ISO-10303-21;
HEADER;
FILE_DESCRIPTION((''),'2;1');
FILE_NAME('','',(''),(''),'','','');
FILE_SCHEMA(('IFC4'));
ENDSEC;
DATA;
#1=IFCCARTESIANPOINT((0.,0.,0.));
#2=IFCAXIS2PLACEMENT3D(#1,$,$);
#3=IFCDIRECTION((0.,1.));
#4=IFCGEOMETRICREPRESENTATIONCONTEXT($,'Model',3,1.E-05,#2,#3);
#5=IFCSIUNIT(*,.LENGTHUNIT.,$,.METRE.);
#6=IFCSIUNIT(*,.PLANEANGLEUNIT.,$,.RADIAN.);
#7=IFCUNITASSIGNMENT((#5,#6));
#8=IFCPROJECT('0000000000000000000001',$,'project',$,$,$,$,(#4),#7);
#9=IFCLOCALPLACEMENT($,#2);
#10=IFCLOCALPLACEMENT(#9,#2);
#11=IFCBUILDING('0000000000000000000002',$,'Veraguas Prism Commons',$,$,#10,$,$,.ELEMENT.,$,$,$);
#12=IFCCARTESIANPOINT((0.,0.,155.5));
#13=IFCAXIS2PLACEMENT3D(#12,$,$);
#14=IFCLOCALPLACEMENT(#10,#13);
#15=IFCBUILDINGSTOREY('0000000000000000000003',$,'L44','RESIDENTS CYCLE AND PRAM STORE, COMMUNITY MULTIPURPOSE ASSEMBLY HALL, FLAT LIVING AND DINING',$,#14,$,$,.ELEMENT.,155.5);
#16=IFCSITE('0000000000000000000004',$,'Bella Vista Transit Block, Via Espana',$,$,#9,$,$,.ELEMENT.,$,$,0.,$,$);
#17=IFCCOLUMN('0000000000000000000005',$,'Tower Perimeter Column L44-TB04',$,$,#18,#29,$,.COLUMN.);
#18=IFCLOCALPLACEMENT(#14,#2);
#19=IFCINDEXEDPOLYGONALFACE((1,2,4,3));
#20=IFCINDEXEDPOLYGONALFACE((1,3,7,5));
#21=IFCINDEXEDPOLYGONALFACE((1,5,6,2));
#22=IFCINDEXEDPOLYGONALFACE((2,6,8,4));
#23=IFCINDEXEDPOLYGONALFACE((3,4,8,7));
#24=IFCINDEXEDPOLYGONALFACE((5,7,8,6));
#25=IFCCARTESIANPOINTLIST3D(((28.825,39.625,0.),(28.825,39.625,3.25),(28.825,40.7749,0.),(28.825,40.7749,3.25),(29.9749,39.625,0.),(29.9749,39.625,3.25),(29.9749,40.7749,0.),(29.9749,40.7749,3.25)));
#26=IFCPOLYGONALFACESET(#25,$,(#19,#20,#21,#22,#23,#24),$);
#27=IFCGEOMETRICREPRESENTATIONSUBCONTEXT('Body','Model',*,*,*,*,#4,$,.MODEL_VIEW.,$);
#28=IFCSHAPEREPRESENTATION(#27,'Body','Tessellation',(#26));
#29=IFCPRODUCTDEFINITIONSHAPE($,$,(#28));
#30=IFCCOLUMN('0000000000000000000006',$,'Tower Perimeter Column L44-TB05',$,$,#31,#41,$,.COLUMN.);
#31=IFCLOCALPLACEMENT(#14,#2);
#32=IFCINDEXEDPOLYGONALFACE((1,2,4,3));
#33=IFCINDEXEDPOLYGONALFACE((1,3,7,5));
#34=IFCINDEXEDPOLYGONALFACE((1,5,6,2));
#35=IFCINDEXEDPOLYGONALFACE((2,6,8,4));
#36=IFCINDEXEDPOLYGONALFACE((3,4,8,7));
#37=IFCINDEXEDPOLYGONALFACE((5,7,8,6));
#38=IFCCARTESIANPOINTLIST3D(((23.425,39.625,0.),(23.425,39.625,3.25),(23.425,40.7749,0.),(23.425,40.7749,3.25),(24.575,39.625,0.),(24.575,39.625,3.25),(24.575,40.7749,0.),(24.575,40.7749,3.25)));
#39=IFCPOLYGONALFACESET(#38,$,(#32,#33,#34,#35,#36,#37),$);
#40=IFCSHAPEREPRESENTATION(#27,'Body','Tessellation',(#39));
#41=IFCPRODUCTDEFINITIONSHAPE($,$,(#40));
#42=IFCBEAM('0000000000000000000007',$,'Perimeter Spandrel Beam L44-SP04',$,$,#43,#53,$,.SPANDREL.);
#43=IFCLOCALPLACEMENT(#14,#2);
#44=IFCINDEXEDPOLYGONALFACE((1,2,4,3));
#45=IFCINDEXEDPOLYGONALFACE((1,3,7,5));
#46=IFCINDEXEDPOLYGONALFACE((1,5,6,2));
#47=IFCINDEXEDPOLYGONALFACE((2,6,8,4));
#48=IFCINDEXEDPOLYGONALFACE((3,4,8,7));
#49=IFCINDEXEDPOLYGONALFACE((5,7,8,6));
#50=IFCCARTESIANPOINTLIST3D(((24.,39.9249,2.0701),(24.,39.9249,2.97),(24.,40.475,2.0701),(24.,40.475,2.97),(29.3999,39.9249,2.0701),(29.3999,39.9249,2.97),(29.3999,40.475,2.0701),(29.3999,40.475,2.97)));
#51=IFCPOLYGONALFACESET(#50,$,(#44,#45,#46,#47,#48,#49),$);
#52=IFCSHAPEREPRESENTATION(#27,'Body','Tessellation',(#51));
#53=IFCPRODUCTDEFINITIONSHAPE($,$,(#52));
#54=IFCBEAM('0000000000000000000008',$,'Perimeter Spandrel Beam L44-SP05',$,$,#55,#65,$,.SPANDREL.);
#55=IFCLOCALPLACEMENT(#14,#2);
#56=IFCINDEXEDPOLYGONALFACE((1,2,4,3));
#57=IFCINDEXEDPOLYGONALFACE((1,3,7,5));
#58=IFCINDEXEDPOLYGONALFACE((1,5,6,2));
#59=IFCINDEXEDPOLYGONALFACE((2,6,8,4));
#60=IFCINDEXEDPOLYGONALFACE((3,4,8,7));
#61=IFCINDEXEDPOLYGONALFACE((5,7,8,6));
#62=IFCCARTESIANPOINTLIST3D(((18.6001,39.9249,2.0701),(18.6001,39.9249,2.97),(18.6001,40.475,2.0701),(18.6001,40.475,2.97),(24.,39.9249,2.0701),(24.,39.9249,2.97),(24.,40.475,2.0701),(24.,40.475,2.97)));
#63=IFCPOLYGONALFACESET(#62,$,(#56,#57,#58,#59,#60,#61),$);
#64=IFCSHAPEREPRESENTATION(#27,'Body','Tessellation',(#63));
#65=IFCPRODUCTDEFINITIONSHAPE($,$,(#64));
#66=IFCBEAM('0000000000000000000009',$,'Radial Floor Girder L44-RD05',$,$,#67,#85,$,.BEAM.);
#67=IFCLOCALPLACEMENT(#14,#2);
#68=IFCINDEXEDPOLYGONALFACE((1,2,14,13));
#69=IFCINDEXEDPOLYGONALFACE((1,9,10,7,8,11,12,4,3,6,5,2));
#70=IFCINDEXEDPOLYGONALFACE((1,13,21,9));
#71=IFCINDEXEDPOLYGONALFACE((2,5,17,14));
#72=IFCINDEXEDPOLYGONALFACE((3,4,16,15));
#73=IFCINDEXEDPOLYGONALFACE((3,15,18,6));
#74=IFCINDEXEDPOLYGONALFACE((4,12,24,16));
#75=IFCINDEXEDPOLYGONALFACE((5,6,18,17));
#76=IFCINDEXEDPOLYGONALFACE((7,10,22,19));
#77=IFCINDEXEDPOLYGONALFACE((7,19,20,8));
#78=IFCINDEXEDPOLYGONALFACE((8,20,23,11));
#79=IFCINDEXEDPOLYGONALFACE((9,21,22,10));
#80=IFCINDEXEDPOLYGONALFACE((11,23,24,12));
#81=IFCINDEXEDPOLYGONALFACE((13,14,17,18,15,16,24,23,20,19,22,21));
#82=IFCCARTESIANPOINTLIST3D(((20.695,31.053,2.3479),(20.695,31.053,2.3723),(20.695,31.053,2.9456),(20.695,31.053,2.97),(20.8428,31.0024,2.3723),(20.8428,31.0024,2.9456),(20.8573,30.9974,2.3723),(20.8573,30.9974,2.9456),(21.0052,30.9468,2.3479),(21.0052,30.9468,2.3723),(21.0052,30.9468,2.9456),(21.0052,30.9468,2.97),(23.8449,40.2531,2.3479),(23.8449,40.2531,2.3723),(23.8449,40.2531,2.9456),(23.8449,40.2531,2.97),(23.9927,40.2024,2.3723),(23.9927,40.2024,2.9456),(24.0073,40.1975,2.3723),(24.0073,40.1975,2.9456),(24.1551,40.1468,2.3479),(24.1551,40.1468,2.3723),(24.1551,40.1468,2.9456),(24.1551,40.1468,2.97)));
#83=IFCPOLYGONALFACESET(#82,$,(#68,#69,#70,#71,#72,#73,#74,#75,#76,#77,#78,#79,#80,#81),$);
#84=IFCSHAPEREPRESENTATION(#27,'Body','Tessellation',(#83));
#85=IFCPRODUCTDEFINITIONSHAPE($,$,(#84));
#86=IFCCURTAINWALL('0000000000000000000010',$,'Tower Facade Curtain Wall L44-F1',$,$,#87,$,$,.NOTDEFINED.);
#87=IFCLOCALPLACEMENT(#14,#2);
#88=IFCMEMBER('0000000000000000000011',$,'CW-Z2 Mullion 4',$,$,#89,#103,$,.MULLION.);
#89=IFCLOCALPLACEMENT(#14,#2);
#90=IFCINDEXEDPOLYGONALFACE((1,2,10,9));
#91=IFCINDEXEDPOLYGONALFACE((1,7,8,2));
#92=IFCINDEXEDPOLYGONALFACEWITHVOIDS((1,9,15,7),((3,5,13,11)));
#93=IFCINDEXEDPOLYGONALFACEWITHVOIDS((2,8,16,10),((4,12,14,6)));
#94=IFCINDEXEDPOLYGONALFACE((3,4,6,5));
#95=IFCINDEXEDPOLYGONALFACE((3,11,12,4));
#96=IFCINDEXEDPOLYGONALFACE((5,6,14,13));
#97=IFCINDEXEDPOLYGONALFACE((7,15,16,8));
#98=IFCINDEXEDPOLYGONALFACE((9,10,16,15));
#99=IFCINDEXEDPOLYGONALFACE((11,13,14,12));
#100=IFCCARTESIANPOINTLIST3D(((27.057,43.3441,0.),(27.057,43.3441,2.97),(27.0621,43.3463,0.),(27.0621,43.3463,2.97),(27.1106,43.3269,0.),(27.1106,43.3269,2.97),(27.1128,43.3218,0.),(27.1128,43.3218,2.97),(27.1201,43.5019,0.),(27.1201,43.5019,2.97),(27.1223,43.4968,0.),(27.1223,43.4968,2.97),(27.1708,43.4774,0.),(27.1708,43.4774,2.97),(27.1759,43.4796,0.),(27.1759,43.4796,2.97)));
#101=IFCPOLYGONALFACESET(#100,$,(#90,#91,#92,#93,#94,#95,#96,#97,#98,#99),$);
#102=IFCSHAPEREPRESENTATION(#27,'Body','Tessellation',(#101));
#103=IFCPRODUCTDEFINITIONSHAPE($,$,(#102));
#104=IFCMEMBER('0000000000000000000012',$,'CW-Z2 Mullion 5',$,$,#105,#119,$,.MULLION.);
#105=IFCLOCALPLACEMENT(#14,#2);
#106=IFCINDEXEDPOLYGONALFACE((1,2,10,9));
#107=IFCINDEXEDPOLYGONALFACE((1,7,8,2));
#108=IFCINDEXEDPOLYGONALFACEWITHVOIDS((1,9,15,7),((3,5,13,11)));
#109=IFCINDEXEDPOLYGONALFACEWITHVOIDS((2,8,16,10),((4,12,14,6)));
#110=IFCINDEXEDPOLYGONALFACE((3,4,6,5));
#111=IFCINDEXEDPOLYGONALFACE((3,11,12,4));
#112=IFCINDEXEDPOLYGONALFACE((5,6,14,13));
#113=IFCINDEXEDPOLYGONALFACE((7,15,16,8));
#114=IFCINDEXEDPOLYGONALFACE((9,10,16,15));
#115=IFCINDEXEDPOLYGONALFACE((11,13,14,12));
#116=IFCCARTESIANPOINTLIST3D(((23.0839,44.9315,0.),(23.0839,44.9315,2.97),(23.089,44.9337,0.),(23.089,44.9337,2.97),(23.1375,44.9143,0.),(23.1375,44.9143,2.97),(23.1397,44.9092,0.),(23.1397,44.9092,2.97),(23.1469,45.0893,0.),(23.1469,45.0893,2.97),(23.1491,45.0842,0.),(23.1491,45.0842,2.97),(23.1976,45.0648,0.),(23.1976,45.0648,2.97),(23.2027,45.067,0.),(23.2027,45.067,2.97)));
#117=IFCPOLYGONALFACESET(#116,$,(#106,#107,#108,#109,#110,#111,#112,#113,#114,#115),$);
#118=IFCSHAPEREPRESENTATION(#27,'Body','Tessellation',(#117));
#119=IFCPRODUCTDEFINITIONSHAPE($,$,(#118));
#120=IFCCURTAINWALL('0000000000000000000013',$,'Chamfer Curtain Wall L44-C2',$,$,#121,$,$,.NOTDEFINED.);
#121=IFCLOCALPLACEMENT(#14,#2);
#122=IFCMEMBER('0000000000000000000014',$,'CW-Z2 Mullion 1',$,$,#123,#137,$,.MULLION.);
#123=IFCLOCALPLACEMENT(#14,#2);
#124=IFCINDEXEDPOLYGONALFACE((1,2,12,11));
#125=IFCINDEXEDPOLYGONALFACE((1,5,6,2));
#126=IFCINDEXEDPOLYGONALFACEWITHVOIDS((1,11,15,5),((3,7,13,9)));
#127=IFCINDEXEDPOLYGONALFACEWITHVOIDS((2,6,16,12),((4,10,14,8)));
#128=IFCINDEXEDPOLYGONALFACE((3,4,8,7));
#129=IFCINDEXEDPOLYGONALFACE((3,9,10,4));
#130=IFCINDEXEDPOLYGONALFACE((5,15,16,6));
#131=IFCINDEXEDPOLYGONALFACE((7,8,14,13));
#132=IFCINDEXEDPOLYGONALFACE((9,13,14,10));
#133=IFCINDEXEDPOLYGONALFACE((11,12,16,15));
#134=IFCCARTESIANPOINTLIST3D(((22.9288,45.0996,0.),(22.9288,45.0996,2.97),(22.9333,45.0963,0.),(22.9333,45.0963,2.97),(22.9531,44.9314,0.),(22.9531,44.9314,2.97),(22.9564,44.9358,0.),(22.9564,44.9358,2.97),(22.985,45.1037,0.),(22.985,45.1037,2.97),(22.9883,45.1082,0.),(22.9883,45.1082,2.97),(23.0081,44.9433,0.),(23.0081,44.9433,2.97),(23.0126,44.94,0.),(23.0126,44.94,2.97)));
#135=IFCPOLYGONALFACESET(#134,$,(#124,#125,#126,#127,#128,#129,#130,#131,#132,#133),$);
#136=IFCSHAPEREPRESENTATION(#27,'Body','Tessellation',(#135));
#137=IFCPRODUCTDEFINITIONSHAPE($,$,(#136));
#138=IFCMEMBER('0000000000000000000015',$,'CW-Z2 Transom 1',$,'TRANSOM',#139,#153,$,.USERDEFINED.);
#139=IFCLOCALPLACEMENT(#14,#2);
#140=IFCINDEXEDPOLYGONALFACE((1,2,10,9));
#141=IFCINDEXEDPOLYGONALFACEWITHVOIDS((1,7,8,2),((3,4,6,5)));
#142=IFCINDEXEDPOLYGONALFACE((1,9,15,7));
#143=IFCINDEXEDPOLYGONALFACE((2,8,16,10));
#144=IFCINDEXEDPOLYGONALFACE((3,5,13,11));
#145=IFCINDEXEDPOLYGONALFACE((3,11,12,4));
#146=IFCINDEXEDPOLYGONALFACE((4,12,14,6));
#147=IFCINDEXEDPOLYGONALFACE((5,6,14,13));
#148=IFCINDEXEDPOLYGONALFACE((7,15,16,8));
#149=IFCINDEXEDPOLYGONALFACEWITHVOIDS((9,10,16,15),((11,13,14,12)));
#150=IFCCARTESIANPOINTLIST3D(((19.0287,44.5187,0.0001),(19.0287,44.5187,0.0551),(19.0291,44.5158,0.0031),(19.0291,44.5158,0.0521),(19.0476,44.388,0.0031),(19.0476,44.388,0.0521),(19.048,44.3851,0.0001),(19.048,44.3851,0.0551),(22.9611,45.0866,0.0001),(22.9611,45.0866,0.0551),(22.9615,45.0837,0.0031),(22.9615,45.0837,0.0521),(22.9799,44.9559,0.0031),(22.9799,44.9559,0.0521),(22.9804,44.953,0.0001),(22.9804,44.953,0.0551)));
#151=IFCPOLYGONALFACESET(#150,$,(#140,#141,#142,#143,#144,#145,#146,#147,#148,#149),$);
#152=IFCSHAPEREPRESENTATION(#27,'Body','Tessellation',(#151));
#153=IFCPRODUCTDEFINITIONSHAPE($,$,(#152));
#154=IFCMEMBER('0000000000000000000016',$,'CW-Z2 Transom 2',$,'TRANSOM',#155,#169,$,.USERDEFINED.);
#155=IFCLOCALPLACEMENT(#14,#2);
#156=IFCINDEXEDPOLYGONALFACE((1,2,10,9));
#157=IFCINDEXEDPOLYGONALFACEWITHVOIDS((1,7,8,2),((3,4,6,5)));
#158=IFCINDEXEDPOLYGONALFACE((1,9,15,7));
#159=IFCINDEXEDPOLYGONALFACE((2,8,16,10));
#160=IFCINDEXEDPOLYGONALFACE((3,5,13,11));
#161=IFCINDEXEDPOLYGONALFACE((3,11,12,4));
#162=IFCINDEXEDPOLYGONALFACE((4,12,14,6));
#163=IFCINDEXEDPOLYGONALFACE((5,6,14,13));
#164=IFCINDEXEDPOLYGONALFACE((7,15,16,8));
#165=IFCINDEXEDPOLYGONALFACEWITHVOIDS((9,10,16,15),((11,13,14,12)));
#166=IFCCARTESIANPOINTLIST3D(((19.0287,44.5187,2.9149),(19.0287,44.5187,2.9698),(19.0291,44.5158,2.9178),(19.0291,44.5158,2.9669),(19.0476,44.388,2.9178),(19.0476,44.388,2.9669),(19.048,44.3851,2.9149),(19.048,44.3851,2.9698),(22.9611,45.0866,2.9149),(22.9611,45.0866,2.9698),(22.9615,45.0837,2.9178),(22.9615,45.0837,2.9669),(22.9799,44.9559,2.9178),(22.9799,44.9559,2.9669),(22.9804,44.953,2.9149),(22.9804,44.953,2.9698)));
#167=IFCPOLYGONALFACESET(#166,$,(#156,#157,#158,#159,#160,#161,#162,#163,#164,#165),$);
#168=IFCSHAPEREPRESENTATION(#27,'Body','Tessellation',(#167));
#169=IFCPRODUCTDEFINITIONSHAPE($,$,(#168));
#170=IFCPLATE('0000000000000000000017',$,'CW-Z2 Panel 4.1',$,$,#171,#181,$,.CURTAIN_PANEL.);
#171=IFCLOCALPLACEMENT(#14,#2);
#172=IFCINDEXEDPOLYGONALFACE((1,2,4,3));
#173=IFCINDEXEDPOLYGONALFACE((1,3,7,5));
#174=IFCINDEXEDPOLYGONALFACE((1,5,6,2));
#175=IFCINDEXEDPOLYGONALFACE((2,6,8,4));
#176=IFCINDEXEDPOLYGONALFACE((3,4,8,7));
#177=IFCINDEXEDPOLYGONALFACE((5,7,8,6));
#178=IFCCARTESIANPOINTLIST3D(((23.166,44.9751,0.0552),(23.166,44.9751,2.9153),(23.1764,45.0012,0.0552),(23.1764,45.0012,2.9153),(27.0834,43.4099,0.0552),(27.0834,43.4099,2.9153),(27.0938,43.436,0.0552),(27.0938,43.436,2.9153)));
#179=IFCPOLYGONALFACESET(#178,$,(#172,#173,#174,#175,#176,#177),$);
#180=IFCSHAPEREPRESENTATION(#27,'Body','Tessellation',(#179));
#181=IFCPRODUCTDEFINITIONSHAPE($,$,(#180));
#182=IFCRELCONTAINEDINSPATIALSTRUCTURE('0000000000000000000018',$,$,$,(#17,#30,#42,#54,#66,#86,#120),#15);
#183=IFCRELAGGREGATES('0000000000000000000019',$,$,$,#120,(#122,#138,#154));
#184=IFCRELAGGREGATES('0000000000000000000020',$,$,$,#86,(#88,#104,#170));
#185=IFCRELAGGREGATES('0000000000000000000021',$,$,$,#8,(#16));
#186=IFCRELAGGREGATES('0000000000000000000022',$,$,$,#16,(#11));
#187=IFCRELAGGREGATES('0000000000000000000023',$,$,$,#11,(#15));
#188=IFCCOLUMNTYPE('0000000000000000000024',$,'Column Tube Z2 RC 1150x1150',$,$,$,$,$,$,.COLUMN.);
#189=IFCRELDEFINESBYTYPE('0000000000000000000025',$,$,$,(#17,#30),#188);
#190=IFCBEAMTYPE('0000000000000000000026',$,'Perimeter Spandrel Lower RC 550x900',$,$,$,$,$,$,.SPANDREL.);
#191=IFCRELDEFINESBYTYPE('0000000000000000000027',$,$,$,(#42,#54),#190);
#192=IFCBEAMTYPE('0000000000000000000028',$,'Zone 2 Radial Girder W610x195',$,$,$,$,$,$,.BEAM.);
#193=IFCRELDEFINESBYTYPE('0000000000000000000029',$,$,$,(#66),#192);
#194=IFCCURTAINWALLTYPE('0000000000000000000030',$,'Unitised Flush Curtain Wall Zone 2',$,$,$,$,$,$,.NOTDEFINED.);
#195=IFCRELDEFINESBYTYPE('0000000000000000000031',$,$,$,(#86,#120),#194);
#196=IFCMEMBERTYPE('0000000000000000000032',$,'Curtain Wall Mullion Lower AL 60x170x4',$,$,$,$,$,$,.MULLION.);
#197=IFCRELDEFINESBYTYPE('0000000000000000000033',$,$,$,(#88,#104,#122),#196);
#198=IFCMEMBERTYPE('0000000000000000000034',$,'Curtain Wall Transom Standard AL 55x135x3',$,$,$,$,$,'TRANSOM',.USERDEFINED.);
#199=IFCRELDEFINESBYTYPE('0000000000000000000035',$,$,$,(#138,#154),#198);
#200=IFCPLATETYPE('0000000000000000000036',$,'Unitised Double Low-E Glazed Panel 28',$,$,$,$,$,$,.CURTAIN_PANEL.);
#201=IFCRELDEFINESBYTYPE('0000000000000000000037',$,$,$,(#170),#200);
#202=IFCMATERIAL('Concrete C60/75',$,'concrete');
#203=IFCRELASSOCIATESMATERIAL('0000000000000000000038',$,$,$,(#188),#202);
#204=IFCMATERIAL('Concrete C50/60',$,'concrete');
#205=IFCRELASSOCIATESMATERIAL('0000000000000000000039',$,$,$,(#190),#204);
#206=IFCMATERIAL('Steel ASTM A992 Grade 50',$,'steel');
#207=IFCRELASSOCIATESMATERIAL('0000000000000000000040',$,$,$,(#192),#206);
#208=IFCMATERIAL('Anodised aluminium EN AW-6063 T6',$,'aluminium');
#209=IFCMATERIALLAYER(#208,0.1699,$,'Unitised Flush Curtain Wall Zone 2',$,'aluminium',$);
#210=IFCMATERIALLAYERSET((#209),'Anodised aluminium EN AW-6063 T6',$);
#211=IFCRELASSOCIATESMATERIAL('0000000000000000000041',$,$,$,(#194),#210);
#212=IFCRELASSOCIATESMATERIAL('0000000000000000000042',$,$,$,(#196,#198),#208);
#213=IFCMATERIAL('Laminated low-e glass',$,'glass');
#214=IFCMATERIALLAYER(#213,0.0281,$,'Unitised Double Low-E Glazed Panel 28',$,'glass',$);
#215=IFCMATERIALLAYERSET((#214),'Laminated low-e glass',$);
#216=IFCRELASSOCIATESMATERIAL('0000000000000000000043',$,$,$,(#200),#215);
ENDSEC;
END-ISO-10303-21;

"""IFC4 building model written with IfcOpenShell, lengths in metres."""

from ifc_helpers import new_model, si_unit, direction, frame, origin, origin_2d, place, context, subcontext, project, spatial, rectangle, hollow_rectangle, i_section, extrude, source, transform, mapped, material, layer, layer_set, material_profile, profile_set, type_object, element, aggregate, save


model = new_model("IFC4")

# Units and contexts
model_context = context("Model", 3, precision=1e-05, world=origin(), true_north=direction((0.0, 1.0)))
body_context = subcontext(model_context, "Body", "Model", "MODEL_VIEW")
ifc_project = project(units=[si_unit("LENGTHUNIT", "METRE"), si_unit("PLANEANGLEUNIT", "RADIAN")], contexts=[model_context])

# Site, building, storey
site_placement = place(None, origin())
site = spatial("IfcSite", under=ifc_project, at=site_placement, Name="Bella Vista Transit Block, Via Espana", CompositionType="ELEMENT", RefElevation=0.0)
building_placement = place(site_placement, origin())
building = spatial("IfcBuilding", under=site, at=building_placement, Name="Veraguas Prism Commons", CompositionType="ELEMENT")
storey_placement = place(building_placement, frame((0.0, 0.0, 155.5)))
storey = spatial("IfcBuildingStorey", under=building, at=storey_placement, Name="L44", Description="RESIDENTS CYCLE AND PRAM STORE, COMMUNITY MULTIPURPOSE ASSEMBLY HALL, FLAT LIVING AND DINING", CompositionType="ELEMENT", Elevation=155.5)

# Columns
ifc_material_1 = material(Name="Concrete C60/75", Category="concrete")
ifc_material_profile_1 = material_profile(ifc_material_1, rectangle(XDim=1.1499, YDim=1.1499, at=origin_2d()), Name="RC1150X1150")
ifc_profile_set_1 = profile_set([ifc_material_profile_1], Name="Concrete C60/75")
column_type = type_object("IfcColumnType", Name="Column Tube Z2 RC 1150x1150", PredefinedType="COLUMN", material=ifc_profile_set_1)
for number, where, z_axis, x_axis, name in (
    (1, (29.3999, 40.2, 0.0), (0.0, 0.0, 1.0), (1.0, 0.0, 0.0), "Tower Perimeter Column L44-TB04"),
    (2, (24.0, 40.2, 0.0), (0.0, 0.0, 1.0), (1.0, 0.0, 0.0), "Tower Perimeter Column L44-TB05"),
):
    element("IfcColumn", number, at=place(storey_placement, frame(where, z_axis=z_axis, x_axis=x_axis)), inside=storey, type_object=column_type, Name=name, PredefinedType="COLUMN", context=body_context, shape_type="SweptSolid", body=[
        extrude(rectangle(XDim=1.1499, YDim=1.1499, at=origin_2d()), origin(), (0.0, 0.0, 1.0), 3.25),
    ])

# Beams
ifc_material_2 = material(Name="Concrete C50/60", Category="concrete")
ifc_material_profile_2 = material_profile(ifc_material_2, rectangle(XDim=0.55, YDim=0.8999, at=origin_2d()), Name="RC550X900")
ifc_profile_set_2 = profile_set([ifc_material_profile_2], Name="Concrete C50/60")
beam_type_1 = type_object("IfcBeamType", Name="Perimeter Spandrel Lower RC 550x900", PredefinedType="SPANDREL", material=ifc_profile_set_2)
for number, where, z_axis, x_axis, name in (
    (3, (29.3999, 40.2, 2.52), (-1.0, 0.0, 0.0), (0.0, -1.0, 0.0), "Perimeter Spandrel Beam L44-SP04"),
    (4, (24.0, 40.2, 2.52), (-1.0, 0.0, 0.0), (0.0, -1.0, 0.0), "Perimeter Spandrel Beam L44-SP05"),
):
    element("IfcBeam", number, at=place(storey_placement, frame(where, z_axis=z_axis, x_axis=x_axis)), inside=storey, type_object=beam_type_1, Name=name, PredefinedType="SPANDREL", context=body_context, shape_type="SweptSolid", body=[
        extrude(rectangle(XDim=0.55, YDim=0.8999, at=origin_2d()), origin(), (0.0, 0.0, 1.0), 5.3999),
    ])
ifc_material_3 = material(Name="Steel ASTM A992 Grade 50", Category="steel")
ifc_material_profile_3 = material_profile(ifc_material_3, i_section(OverallWidth=0.3279, OverallDepth=0.6221, WebThickness=0.0154, FlangeThickness=0.0244, at=origin_2d()), Name="W610X195")
ifc_profile_set_3 = profile_set([ifc_material_profile_3], Name="Steel ASTM A992 Grade 50")
beam_type_2 = type_object("IfcBeamType", Name="Zone 2 Radial Girder W610x195", PredefinedType="BEAM", material=ifc_profile_set_3)
beam_placement = place(storey_placement, frame((24.0, 40.2, 2.6589), z_axis=(-0.323922, -0.946084, 0.0), x_axis=(0.946084, -0.323922, 0.0)))
element("IfcBeam", 5, at=beam_placement, inside=storey, type_object=beam_type_2, Name="Radial Floor Girder L44-RD05", PredefinedType="BEAM", context=body_context, shape_type="SweptSolid", body=[
    extrude(i_section(OverallWidth=0.3279, OverallDepth=0.6221, WebThickness=0.0154, FlangeThickness=0.0244, at=origin_2d()), origin(), (0.0, 0.0, 1.0), 9.7244),
])

# Curtain walls, members
ifc_material_4 = material(Name="Anodised aluminium EN AW-6063 T6", Category="aluminium")
ifc_layer_1 = layer(ifc_material_4, 0.1699, Name="Unitised Flush Curtain Wall Zone 2", Category="aluminium")
ifc_layer_set_1 = layer_set([ifc_layer_1], Name="Anodised aluminium EN AW-6063 T6")
curtain_wall_type = type_object("IfcCurtainWallType", Name="Unitised Flush Curtain Wall Zone 2", PredefinedType="NOTDEFINED", material=ifc_layer_set_1)
curtain_wall_1_placement = place(storey_placement, origin())
curtain_wall_1 = element("IfcCurtainWall", 6, at=curtain_wall_1_placement, inside=storey, type_object=curtain_wall_type, Name="Tower Facade Curtain Wall L44-F1", PredefinedType="NOTDEFINED")
ifc_material_profile_4 = material_profile(ifc_material_4, hollow_rectangle(XDim=0.0601, YDim=0.1699, WallThickness=0.0039, at=origin_2d()), Name="AL60X170X4")
ifc_profile_set_4 = profile_set([ifc_material_profile_4], Name="Anodised aluminium EN AW-6063 T6")
member_type_1 = type_object("IfcMemberType", Name="Curtain Wall Mullion Lower AL 60x170x4", PredefinedType="MULLION", material=ifc_profile_set_4)
shared_shape_1 = source(origin(), body_context, "Body", "SweptSolid", [
    extrude(hollow_rectangle(XDim=0.0601, YDim=0.1699, WallThickness=0.0039, at=origin_2d()), origin(), (0.0, 0.0, 1.0), 2.97),
])
member_1_placement = place(storey_placement, frame((27.1165, 43.4119, 0.0), z_axis=(0.0, 0.0, 1.0), x_axis=(-0.928617, 0.371039, 0.0)))
member_1 = element("IfcMember", 7, at=member_1_placement, type_object=member_type_1, Name="CW-Z2 Mullion 4", PredefinedType="MULLION", context=body_context, shape_type="MappedRepresentation", body=[
    mapped(shared_shape_1, transform((0.0, 0.0, 0.0), scale=1.0)),
])
member_2_placement = place(storey_placement, frame((23.1433, 44.9993, 0.0), z_axis=(0.0, 0.0, 1.0), x_axis=(-0.928617, 0.371039, 0.0)))
member_2 = element("IfcMember", 8, at=member_2_placement, type_object=member_type_1, Name="CW-Z2 Mullion 5", PredefinedType="MULLION", context=body_context, shape_type="MappedRepresentation", body=[
    mapped(shared_shape_1, transform((0.0, 0.0, 0.0), scale=1.0)),
])
curtain_wall_2_placement = place(storey_placement, origin())
curtain_wall_2 = element("IfcCurtainWall", 9, at=curtain_wall_2_placement, inside=storey, type_object=curtain_wall_type, Name="Chamfer Curtain Wall L44-C2", PredefinedType="NOTDEFINED")
member_3_placement = place(storey_placement, frame((22.9707, 45.0198, 0.0), z_axis=(0.0, 0.0, 1.0), x_axis=(-0.989731, -0.142942, 0.0)))
member_3 = element("IfcMember", 10, at=member_3_placement, type_object=member_type_1, Name="CW-Z2 Mullion 1", PredefinedType="MULLION", context=body_context, shape_type="MappedRepresentation", body=[
    mapped(shared_shape_1, transform((0.0, 0.0, 0.0), scale=1.0)),
])
ifc_material_profile_5 = material_profile(ifc_material_4, hollow_rectangle(XDim=0.0549, YDim=0.135, WallThickness=0.0029, at=origin_2d()), Name="AL55X135X3")
ifc_profile_set_5 = profile_set([ifc_material_profile_5], Name="Anodised aluminium EN AW-6063 T6")
member_type_2 = type_object("IfcMemberType", Name="Curtain Wall Transom Standard AL 55x135x3", ElementType="TRANSOM", PredefinedType="USERDEFINED", material=ifc_profile_set_5)
shared_shape_2 = source(origin(), body_context, "Body", "SweptSolid", [
    extrude(hollow_rectangle(XDim=0.0549, YDim=0.135, WallThickness=0.0029, at=origin_2d()), origin(), (0.0, 0.0, 1.0), 3.9731),
])
member_4_placement = place(storey_placement, frame((22.9707, 45.0198, 0.0276), z_axis=(-0.989733, -0.142927, 0.0), x_axis=(0.0, 0.0, 1.0)))
member_4 = element("IfcMember", 11, at=member_4_placement, type_object=member_type_2, Name="CW-Z2 Transom 1", ObjectType="TRANSOM", PredefinedType="USERDEFINED", context=body_context, shape_type="MappedRepresentation", body=[
    mapped(shared_shape_2, transform((0.0, 0.0, 0.0), scale=1.0)),
])
member_5_placement = place(storey_placement, frame((22.9707, 45.0198, 2.9424), z_axis=(-0.989733, -0.142927, 0.0), x_axis=(0.0, 0.0, 1.0)))
member_5 = element("IfcMember", 12, at=member_5_placement, type_object=member_type_2, Name="CW-Z2 Transom 2", ObjectType="TRANSOM", PredefinedType="USERDEFINED", context=body_context, shape_type="MappedRepresentation", body=[
    mapped(shared_shape_2, transform((0.0, 0.0, 0.0), scale=1.0)),
])
aggregate(curtain_wall_2, [member_3, member_4, member_5])

# Plate
ifc_material_5 = material(Name="Laminated low-e glass", Category="glass")
ifc_layer_2 = layer(ifc_material_5, 0.0281, Name="Unitised Double Low-E Glazed Panel 28", Category="glass")
ifc_layer_set_2 = layer_set([ifc_layer_2], Name="Laminated low-e glass")
plate_type = type_object("IfcPlateType", Name="Unitised Double Low-E Glazed Panel 28", PredefinedType="CURTAIN_PANEL", material=ifc_layer_set_2)
shared_shape_3 = source(origin(), body_context, "Body", "SweptSolid", [
    extrude(rectangle(XDim=4.2185, YDim=0.0281, at=origin_2d()), origin(), (0.0, 0.0, 1.0), 2.8601),
])
plate_1_placement = place(storey_placement, frame((25.1299, 44.2056, 0.0552), z_axis=(0.0, 0.0, 1.0), x_axis=(-0.928617, 0.371039, 0.0)))
plate_1 = element("IfcPlate", 13, at=plate_1_placement, type_object=plate_type, Name="CW-Z2 Panel 4.1", PredefinedType="CURTAIN_PANEL", context=body_context, shape_type="MappedRepresentation", body=[
    mapped(shared_shape_3, transform((0.0, 0.0, 0.0), scale=1.0)),
])
aggregate(curtain_wall_1, [member_1, member_2, plate_1])

save(model, "model.ifc")
